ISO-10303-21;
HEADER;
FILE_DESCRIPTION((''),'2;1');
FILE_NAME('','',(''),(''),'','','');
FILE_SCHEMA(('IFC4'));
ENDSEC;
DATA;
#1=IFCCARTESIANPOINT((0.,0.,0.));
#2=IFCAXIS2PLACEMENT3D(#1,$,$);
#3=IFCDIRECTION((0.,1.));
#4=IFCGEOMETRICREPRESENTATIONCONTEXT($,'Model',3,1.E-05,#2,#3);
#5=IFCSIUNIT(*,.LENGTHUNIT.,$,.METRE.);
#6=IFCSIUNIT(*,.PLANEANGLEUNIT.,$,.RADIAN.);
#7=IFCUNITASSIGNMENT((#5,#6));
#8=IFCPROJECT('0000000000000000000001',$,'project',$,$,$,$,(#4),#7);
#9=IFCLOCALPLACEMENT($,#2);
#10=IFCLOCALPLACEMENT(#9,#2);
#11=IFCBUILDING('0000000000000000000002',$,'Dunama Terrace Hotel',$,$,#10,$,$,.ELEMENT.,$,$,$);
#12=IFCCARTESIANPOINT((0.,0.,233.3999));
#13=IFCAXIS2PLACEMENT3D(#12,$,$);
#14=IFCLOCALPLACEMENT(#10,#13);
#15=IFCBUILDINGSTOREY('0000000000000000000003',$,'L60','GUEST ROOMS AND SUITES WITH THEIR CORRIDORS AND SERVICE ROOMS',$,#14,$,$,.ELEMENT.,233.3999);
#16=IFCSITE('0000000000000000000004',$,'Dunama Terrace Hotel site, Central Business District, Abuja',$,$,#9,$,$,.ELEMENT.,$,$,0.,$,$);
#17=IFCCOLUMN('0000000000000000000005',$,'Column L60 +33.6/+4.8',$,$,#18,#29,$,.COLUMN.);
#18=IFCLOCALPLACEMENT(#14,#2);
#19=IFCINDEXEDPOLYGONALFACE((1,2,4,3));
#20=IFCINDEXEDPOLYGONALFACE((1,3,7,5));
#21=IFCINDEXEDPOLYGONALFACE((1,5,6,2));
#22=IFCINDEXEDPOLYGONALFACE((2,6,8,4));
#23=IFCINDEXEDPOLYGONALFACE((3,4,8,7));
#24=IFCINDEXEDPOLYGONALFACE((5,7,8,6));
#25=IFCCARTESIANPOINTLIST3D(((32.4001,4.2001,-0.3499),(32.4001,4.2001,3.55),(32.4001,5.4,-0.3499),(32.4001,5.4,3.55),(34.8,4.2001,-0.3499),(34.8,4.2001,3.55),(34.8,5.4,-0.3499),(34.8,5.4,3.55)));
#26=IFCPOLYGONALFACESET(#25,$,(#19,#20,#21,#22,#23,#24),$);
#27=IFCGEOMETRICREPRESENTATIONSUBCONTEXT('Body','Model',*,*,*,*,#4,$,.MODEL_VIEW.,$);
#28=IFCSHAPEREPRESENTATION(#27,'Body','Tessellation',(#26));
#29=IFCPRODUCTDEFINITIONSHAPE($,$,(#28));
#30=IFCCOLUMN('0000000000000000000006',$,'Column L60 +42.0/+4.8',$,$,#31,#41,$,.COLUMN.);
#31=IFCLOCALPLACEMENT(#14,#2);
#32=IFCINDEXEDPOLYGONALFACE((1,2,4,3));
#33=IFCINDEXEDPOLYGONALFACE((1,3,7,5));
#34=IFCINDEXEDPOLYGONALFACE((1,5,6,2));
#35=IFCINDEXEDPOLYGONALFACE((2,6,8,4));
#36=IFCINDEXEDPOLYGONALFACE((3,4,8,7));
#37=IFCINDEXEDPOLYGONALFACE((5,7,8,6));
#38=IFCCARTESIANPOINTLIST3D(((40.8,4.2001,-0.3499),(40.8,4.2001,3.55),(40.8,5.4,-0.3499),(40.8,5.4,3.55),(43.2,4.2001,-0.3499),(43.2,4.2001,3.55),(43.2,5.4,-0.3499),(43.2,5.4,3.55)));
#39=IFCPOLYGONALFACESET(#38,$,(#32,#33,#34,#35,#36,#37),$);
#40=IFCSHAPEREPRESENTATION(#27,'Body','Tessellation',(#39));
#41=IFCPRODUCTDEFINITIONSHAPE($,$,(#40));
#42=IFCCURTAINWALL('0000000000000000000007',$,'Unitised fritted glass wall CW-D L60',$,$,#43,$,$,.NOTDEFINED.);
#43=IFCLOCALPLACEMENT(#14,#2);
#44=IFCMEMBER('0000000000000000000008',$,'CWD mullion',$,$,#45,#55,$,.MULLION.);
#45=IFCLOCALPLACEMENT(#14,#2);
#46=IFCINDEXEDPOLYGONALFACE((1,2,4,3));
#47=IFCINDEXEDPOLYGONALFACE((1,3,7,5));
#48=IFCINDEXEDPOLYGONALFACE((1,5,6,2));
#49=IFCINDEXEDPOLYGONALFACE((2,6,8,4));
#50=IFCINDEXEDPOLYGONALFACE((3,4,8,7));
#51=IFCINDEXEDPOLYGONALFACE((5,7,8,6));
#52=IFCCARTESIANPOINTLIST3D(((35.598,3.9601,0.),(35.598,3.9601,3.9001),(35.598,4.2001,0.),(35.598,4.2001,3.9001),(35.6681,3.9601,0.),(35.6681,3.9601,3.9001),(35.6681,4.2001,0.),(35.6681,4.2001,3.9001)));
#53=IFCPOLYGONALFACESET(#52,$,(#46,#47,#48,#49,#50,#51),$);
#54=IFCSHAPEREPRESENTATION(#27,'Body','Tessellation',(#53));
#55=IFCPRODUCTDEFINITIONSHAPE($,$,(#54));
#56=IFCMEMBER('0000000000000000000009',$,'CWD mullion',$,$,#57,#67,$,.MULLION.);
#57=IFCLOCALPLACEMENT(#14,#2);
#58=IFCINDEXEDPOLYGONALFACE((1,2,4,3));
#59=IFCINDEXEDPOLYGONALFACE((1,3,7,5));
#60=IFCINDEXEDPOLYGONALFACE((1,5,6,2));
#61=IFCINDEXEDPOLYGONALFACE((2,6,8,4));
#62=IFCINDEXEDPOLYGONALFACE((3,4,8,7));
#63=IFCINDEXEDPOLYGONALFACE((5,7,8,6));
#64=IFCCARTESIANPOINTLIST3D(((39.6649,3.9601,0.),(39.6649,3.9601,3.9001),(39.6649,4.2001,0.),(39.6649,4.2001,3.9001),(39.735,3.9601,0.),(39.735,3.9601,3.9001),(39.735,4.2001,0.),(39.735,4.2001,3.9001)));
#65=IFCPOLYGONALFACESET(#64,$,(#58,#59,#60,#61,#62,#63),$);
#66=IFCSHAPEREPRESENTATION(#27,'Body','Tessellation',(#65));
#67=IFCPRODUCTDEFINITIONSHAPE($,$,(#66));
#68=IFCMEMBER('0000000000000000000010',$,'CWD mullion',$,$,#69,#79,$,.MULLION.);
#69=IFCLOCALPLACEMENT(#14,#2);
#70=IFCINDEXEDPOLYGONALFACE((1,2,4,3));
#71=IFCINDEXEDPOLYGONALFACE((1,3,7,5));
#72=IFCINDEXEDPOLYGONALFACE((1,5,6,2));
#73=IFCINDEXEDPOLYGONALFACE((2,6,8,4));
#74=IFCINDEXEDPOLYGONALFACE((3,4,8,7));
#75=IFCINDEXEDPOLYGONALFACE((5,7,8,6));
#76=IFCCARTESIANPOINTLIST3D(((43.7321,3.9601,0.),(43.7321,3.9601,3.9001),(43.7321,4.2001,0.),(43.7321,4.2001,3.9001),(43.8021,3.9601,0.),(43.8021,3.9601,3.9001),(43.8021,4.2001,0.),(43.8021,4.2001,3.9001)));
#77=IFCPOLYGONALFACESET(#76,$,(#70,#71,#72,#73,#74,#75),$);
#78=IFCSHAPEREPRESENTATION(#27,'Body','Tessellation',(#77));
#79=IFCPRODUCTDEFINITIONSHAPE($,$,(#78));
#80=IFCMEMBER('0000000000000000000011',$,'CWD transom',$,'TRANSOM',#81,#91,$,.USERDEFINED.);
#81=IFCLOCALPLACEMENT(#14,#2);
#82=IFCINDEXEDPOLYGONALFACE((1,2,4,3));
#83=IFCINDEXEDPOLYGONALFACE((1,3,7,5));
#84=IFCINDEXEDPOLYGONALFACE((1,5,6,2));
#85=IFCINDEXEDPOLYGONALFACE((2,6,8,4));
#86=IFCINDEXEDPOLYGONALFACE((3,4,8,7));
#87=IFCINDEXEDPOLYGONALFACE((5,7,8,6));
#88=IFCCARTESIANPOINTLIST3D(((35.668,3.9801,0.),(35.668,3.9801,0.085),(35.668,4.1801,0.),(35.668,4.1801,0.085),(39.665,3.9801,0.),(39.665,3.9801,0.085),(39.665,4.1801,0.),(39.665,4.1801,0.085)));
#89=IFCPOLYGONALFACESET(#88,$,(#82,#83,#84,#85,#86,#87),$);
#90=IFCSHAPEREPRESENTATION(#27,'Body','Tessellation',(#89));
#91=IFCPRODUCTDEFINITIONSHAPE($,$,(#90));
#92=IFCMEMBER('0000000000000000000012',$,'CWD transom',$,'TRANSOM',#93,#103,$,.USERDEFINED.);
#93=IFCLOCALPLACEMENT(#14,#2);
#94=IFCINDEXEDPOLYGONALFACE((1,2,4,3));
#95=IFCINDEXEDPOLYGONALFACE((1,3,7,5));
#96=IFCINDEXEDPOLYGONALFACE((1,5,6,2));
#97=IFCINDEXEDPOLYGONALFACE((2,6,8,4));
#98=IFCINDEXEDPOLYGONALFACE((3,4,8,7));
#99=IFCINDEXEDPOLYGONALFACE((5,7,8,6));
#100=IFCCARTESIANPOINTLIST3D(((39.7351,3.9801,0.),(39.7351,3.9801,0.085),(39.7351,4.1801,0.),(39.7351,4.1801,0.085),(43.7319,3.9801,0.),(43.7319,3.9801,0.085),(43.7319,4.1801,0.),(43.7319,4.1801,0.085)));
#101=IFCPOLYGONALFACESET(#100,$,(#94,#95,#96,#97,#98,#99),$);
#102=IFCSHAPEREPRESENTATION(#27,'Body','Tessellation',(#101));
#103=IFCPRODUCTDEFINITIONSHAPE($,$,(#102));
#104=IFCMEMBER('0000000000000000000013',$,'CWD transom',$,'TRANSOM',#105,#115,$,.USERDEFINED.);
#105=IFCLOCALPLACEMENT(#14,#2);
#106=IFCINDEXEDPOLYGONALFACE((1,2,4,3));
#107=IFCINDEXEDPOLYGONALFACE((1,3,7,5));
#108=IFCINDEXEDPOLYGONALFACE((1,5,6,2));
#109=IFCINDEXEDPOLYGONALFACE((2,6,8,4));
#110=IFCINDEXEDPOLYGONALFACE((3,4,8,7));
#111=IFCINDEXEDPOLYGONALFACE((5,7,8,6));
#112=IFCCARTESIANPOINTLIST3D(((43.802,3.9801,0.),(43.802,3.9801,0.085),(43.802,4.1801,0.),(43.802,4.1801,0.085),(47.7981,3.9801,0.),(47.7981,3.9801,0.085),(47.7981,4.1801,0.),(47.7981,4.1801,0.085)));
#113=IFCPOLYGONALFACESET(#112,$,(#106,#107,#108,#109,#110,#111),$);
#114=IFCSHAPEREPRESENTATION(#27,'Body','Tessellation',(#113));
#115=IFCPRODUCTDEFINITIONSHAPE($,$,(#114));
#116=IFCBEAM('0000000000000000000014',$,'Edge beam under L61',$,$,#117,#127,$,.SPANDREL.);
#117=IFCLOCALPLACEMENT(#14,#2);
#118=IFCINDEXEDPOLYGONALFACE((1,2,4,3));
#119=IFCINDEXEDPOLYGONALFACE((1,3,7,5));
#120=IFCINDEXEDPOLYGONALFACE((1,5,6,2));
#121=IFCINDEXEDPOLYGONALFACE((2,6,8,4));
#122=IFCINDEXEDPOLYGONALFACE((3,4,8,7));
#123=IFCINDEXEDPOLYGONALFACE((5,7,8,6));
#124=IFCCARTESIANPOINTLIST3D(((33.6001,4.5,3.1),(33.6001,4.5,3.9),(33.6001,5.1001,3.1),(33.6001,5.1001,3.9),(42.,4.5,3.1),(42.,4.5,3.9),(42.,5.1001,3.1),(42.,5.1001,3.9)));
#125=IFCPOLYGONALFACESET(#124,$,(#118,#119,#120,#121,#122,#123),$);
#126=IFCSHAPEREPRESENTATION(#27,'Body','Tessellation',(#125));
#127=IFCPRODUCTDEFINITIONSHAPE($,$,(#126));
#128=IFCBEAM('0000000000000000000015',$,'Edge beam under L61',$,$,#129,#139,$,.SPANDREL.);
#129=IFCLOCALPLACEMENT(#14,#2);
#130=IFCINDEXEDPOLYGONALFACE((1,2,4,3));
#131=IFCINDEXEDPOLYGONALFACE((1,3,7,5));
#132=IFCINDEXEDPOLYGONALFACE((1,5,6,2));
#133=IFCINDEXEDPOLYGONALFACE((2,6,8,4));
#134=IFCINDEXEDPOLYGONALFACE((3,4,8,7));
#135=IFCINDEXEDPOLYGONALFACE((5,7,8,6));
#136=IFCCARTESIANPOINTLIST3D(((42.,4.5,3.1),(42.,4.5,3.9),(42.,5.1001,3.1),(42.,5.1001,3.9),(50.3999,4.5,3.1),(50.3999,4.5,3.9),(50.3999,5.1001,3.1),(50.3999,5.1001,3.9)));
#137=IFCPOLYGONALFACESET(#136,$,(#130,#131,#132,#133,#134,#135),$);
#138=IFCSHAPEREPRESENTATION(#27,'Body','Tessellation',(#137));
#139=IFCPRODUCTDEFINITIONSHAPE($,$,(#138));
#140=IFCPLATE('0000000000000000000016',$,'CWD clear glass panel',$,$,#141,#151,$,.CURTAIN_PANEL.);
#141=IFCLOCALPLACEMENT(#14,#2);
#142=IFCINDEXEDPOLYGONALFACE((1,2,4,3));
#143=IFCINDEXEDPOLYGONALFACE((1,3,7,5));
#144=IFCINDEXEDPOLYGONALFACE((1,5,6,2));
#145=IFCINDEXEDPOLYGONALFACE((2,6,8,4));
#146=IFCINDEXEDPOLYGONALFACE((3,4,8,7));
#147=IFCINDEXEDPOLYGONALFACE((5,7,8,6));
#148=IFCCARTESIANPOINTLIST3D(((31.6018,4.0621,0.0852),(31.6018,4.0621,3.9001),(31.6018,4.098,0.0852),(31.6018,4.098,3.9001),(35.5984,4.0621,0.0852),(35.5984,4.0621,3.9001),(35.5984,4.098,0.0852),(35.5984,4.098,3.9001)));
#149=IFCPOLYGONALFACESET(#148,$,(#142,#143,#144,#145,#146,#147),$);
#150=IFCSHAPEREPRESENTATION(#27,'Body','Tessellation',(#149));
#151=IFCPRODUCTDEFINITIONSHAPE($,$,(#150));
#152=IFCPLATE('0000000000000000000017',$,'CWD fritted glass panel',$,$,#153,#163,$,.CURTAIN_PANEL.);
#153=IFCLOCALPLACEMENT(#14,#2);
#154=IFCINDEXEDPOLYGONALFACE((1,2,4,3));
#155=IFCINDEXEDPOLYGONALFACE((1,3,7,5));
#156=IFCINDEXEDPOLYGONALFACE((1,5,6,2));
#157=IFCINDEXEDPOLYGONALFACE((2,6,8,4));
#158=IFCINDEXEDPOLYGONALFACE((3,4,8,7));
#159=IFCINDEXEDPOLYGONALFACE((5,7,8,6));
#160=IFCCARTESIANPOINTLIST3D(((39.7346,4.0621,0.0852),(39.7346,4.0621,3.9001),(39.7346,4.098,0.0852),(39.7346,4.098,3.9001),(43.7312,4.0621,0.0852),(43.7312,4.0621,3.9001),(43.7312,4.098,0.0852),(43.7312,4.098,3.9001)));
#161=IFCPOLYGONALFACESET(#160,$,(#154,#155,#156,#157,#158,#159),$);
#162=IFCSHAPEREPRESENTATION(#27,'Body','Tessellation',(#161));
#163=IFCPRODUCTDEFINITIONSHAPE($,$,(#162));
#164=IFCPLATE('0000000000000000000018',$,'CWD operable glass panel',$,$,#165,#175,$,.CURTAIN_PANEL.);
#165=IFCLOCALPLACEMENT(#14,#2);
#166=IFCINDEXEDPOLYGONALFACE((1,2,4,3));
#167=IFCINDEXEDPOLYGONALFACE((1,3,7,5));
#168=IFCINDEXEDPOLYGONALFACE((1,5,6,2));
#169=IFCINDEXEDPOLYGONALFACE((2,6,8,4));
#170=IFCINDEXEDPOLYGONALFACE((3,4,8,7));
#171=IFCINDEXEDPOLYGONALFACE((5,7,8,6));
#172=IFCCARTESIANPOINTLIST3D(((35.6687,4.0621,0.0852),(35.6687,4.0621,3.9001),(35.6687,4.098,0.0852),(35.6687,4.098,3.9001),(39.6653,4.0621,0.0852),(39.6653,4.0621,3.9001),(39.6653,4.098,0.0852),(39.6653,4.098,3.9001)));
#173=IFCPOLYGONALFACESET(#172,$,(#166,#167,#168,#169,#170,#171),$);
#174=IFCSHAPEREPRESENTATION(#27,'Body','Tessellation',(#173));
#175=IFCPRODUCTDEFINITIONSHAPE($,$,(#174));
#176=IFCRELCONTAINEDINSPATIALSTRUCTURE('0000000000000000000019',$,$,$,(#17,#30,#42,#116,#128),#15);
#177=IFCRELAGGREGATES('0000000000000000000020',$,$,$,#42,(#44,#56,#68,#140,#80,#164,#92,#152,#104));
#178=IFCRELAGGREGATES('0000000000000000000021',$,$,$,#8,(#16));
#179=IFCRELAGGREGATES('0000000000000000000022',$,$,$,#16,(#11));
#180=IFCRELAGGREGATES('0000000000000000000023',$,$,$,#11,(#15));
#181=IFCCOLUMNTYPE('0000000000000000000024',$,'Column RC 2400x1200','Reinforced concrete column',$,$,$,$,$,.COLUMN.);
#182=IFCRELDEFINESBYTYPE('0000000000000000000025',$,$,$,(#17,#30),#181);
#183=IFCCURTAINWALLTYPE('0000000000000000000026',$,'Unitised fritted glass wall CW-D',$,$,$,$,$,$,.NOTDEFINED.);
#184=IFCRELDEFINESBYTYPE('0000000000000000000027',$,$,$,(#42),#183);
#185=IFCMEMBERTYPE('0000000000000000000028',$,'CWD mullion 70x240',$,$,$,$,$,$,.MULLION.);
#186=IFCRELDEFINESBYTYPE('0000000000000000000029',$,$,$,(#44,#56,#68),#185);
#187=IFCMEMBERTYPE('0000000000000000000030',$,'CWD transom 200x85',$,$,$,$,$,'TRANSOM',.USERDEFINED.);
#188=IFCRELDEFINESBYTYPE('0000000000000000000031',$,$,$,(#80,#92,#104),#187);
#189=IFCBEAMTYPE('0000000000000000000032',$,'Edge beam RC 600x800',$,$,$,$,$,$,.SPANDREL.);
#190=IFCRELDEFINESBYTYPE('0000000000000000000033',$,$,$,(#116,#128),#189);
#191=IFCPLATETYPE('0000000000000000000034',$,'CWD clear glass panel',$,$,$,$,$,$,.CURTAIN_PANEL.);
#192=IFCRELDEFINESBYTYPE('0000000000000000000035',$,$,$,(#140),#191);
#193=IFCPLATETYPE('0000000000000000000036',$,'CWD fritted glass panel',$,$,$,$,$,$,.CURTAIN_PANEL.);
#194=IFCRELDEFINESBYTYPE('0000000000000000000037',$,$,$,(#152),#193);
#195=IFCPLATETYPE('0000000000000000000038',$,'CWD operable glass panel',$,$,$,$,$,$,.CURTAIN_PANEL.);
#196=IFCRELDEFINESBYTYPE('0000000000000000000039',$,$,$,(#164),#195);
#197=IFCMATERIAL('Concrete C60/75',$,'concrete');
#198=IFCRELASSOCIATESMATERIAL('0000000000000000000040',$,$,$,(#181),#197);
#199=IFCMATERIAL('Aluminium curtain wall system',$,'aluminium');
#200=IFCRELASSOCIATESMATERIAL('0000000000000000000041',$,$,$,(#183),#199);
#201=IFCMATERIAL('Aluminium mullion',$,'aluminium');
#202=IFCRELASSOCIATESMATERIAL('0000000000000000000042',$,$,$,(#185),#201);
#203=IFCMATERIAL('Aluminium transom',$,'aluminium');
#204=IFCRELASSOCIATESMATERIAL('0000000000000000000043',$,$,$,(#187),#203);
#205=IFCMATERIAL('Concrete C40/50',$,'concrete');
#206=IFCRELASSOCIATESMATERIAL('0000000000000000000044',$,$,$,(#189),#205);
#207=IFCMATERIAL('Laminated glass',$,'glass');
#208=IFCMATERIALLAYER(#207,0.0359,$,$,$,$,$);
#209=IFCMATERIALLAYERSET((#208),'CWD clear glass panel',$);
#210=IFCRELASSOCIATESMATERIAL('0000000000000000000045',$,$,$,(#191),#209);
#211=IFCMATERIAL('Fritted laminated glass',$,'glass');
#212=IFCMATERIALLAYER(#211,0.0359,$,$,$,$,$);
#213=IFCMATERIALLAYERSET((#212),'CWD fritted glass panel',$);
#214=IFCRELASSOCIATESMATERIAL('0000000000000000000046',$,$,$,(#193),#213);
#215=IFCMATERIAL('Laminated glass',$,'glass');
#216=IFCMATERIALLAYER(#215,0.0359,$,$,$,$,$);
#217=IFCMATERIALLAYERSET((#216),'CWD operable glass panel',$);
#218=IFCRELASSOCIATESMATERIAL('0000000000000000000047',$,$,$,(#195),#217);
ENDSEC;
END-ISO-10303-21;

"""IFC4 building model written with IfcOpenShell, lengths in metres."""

from ifc_helpers import new_model, si_unit, direction, frame, origin, origin_2d, place, context, subcontext, project, spatial, rectangle, extrude, material, layer, layer_set, material_profile, profile_set, type_object, element, aggregate, save


model = new_model("IFC4")

# Units and contexts
model_context = context("Model", 3, precision=1e-05, world=origin(), true_north=direction((0.0, 1.0)))
body_context = subcontext(model_context, "Body", "Model", "MODEL_VIEW")
ifc_project = project(units=[si_unit("LENGTHUNIT", "METRE"), si_unit("PLANEANGLEUNIT", "RADIAN")], contexts=[model_context])

# Site, building, storey
site_placement = place(None, origin())
site = spatial("IfcSite", under=ifc_project, at=site_placement, Name="Dunama Terrace Hotel site, Central Business District, Abuja", CompositionType="ELEMENT", RefElevation=0.0)
building_placement = place(site_placement, origin())
building = spatial("IfcBuilding", under=site, at=building_placement, Name="Dunama Terrace Hotel", CompositionType="ELEMENT")
storey_placement = place(building_placement, frame((0.0, 0.0, 233.3999)))
storey = spatial("IfcBuildingStorey", under=building, at=storey_placement, Name="L60", Description="GUEST ROOMS AND SUITES WITH THEIR CORRIDORS AND SERVICE ROOMS", CompositionType="ELEMENT", Elevation=233.3999)

# Columns
ifc_material_1 = material(Name="Concrete C60/75", Category="concrete")
ifc_material_profile_1 = material_profile(ifc_material_1, rectangle(XDim=2.3999, YDim=1.2, at=origin_2d()), Name="RC 2400x1200")
ifc_profile_set_1 = profile_set([ifc_material_profile_1], Name="Concrete C60/75")
column_type = type_object("IfcColumnType", Name="Column RC 2400x1200", Description="Reinforced concrete column", PredefinedType="COLUMN", material=ifc_profile_set_1)
for number, where, z_axis, x_axis, name in (
    (1, (33.6001, 4.8, -0.3499), (0.0, 0.0, 1.0), (1.0, 0.0, 0.0), "Column L60 +33.6/+4.8"),
    (2, (42.0, 4.8, -0.3499), (0.0, 0.0, 1.0), (1.0, 0.0, 0.0), "Column L60 +42.0/+4.8"),
):
    element("IfcColumn", number, at=place(storey_placement, frame(where, z_axis=z_axis, x_axis=x_axis)), inside=storey, type_object=column_type, Name=name, PredefinedType="COLUMN", context=body_context, shape_type="SweptSolid", body=[
        extrude(rectangle(XDim=2.3999, YDim=1.2, at=origin_2d()), origin(), (0.0, 0.0, 1.0), 3.8999),
    ])

# Curtain wall, members
ifc_material_2 = material(Name="Aluminium curtain wall system", Category="aluminium")
curtain_wall_type = type_object("IfcCurtainWallType", Name="Unitised fritted glass wall CW-D", PredefinedType="NOTDEFINED", material=ifc_material_2)
curtain_wall_placement = place(storey_placement, origin())
curtain_wall = element("IfcCurtainWall", 3, at=curtain_wall_placement, inside=storey, type_object=curtain_wall_type, Name="Unitised fritted glass wall CW-D L60", PredefinedType="NOTDEFINED")
ifc_material_3 = material(Name="Aluminium mullion", Category="aluminium")
ifc_material_profile_2 = material_profile(ifc_material_3, rectangle(XDim=0.0701, YDim=0.24, at=origin_2d()), Name="CWD MULLION 70X240")
ifc_profile_set_2 = profile_set([ifc_material_profile_2], Name="Aluminium mullion")
member_type_1 = type_object("IfcMemberType", Name="CWD mullion 70x240", PredefinedType="MULLION", material=ifc_profile_set_2)
member_1_placement = place(storey_placement, frame((35.6331, 4.0801, 0.0), z_axis=(0.0, 0.0, 1.0), x_axis=(1.0, 0.0, 0.0)))
member_1 = element("IfcMember", 4, at=member_1_placement, type_object=member_type_1, Name="CWD mullion", PredefinedType="MULLION", context=body_context, shape_type="SweptSolid", body=[
    extrude(rectangle(XDim=0.0701, YDim=0.24, at=origin_2d()), origin(), (0.0, 0.0, 1.0), 3.9001),
])
member_2_placement = place(storey_placement, frame((39.7, 4.0801, 0.0), z_axis=(0.0, 0.0, 1.0), x_axis=(1.0, 0.0, 0.0)))
member_2 = element("IfcMember", 5, at=member_2_placement, type_object=member_type_1, Name="CWD mullion", PredefinedType="MULLION", context=body_context, shape_type="SweptSolid", body=[
    extrude(rectangle(XDim=0.0701, YDim=0.24, at=origin_2d()), origin(), (0.0, 0.0, 1.0), 3.9001),
])
member_3_placement = place(storey_placement, frame((43.7671, 4.0801, 0.0), z_axis=(0.0, 0.0, 1.0), x_axis=(1.0, 0.0, 0.0)))
member_3 = element("IfcMember", 6, at=member_3_placement, type_object=member_type_1, Name="CWD mullion", PredefinedType="MULLION", context=body_context, shape_type="SweptSolid", body=[
    extrude(rectangle(XDim=0.0701, YDim=0.24, at=origin_2d()), origin(), (0.0, 0.0, 1.0), 3.9001),
])
ifc_material_4 = material(Name="Aluminium transom", Category="aluminium")
ifc_material_profile_3 = material_profile(ifc_material_4, rectangle(XDim=0.2, YDim=0.085, at=origin_2d()), Name="CWD TRANSOM 200X85")
ifc_profile_set_3 = profile_set([ifc_material_profile_3], Name="Aluminium transom")
member_type_2 = type_object("IfcMemberType", Name="CWD transom 200x85", ElementType="TRANSOM", PredefinedType="USERDEFINED", material=ifc_profile_set_3)
member_4_placement = place(storey_placement, frame((35.668, 4.0801, 0.0425), z_axis=(1.0, 0.0, 0.0), x_axis=(0.0, 1.0, 0.0)))
member_4 = element("IfcMember", 7, at=member_4_placement, type_object=member_type_2, Name="CWD transom", ObjectType="TRANSOM", PredefinedType="USERDEFINED", context=body_context, shape_type="SweptSolid", body=[
    extrude(rectangle(XDim=0.2, YDim=0.085, at=origin_2d()), origin(), (0.0, 0.0, 1.0), 3.9971),
])
member_5_placement = place(storey_placement, frame((39.7351, 4.0801, 0.0425), z_axis=(1.0, 0.0, 0.0), x_axis=(0.0, 1.0, 0.0)))
member_5 = element("IfcMember", 8, at=member_5_placement, type_object=member_type_2, Name="CWD transom", ObjectType="TRANSOM", PredefinedType="USERDEFINED", context=body_context, shape_type="SweptSolid", body=[
    extrude(rectangle(XDim=0.2, YDim=0.085, at=origin_2d()), origin(), (0.0, 0.0, 1.0), 3.9968),
])
member_6_placement = place(storey_placement, frame((43.802, 4.0801, 0.0425), z_axis=(1.0, 0.0, 0.0), x_axis=(0.0, 1.0, 0.0)))
member_6 = element("IfcMember", 9, at=member_6_placement, type_object=member_type_2, Name="CWD transom", ObjectType="TRANSOM", PredefinedType="USERDEFINED", context=body_context, shape_type="SweptSolid", body=[
    extrude(rectangle(XDim=0.2, YDim=0.085, at=origin_2d()), origin(), (0.0, 0.0, 1.0), 3.9961),
])

# Beams
ifc_material_5 = material(Name="Concrete C40/50", Category="concrete")
ifc_material_profile_4 = material_profile(ifc_material_5, rectangle(XDim=0.6001, YDim=0.8, at=origin_2d()), Name="RC 600x800")
ifc_profile_set_4 = profile_set([ifc_material_profile_4], Name="Concrete C40/50")
beam_type = type_object("IfcBeamType", Name="Edge beam RC 600x800", PredefinedType="SPANDREL", material=ifc_profile_set_4)
for number, where, z_axis, x_axis, name in (
    (10, (33.6001, 4.8, 3.5), (1.0, 0.0, 0.0), (0.0, 1.0, 0.0), "Edge beam under L61"),
    (11, (42.0, 4.8, 3.5), (1.0, 0.0, 0.0), (0.0, 1.0, 0.0), "Edge beam under L61"),
):
    element("IfcBeam", number, at=place(storey_placement, frame(where, z_axis=z_axis, x_axis=x_axis)), inside=storey, type_object=beam_type, Name=name, PredefinedType="SPANDREL", context=body_context, shape_type="SweptSolid", body=[
        extrude(rectangle(XDim=0.6001, YDim=0.8, at=origin_2d()), origin(), (0.0, 0.0, 1.0), 8.3999),
    ])

# Plates
ifc_material_6 = material(Name="Laminated glass", Category="glass")
ifc_layer_1 = layer(ifc_material_6, 0.0359)
ifc_layer_set_1 = layer_set([ifc_layer_1], Name="CWD clear glass panel")
plate_type_1 = type_object("IfcPlateType", Name="CWD clear glass panel", PredefinedType="CURTAIN_PANEL", material=ifc_layer_set_1)
plate_1_placement = place(storey_placement, frame((33.6001, 4.0801, 0.0852), z_axis=(0.0, 0.0, 1.0), x_axis=(1.0, 0.0, 0.0)))
plate_1 = element("IfcPlate", 12, at=plate_1_placement, type_object=plate_type_1, Name="CWD clear glass panel", PredefinedType="CURTAIN_PANEL", context=body_context, shape_type="SweptSolid", body=[
    extrude(rectangle(XDim=3.9966, YDim=0.0359, at=origin_2d()), origin(), (0.0, 0.0, 1.0), 3.8149),
])
ifc_material_7 = material(Name="Fritted laminated glass", Category="glass")
ifc_layer_2 = layer(ifc_material_7, 0.0359)
ifc_layer_set_2 = layer_set([ifc_layer_2], Name="CWD fritted glass panel")
plate_type_2 = type_object("IfcPlateType", Name="CWD fritted glass panel", PredefinedType="CURTAIN_PANEL", material=ifc_layer_set_2)
plate_2_placement = place(storey_placement, frame((41.7329, 4.0801, 0.0852), z_axis=(0.0, 0.0, 1.0), x_axis=(1.0, 0.0, 0.0)))
plate_2 = element("IfcPlate", 13, at=plate_2_placement, type_object=plate_type_2, Name="CWD fritted glass panel", PredefinedType="CURTAIN_PANEL", context=body_context, shape_type="SweptSolid", body=[
    extrude(rectangle(XDim=3.9966, YDim=0.0359, at=origin_2d()), origin(), (0.0, 0.0, 1.0), 3.8149),
])
ifc_material_8 = material(Name="Laminated glass", Category="glass")
ifc_layer_3 = layer(ifc_material_8, 0.0359)
ifc_layer_set_3 = layer_set([ifc_layer_3], Name="CWD operable glass panel")
plate_type_3 = type_object("IfcPlateType", Name="CWD operable glass panel", PredefinedType="CURTAIN_PANEL", material=ifc_layer_set_3)
plate_3_placement = place(storey_placement, frame((37.667, 4.0801, 0.0852), z_axis=(0.0, 0.0, 1.0), x_axis=(1.0, 0.0, 0.0)))
plate_3 = element("IfcPlate", 14, at=plate_3_placement, type_object=plate_type_3, Name="CWD operable glass panel", PredefinedType="CURTAIN_PANEL", context=body_context, shape_type="SweptSolid", body=[
    extrude(rectangle(XDim=3.9966, YDim=0.0359, at=origin_2d()), origin(), (0.0, 0.0, 1.0), 3.8149),
])
aggregate(curtain_wall, [member_1, member_2, member_3, plate_1, member_4, plate_3, member_5, plate_2, member_6])

save(model, "model.ifc")
